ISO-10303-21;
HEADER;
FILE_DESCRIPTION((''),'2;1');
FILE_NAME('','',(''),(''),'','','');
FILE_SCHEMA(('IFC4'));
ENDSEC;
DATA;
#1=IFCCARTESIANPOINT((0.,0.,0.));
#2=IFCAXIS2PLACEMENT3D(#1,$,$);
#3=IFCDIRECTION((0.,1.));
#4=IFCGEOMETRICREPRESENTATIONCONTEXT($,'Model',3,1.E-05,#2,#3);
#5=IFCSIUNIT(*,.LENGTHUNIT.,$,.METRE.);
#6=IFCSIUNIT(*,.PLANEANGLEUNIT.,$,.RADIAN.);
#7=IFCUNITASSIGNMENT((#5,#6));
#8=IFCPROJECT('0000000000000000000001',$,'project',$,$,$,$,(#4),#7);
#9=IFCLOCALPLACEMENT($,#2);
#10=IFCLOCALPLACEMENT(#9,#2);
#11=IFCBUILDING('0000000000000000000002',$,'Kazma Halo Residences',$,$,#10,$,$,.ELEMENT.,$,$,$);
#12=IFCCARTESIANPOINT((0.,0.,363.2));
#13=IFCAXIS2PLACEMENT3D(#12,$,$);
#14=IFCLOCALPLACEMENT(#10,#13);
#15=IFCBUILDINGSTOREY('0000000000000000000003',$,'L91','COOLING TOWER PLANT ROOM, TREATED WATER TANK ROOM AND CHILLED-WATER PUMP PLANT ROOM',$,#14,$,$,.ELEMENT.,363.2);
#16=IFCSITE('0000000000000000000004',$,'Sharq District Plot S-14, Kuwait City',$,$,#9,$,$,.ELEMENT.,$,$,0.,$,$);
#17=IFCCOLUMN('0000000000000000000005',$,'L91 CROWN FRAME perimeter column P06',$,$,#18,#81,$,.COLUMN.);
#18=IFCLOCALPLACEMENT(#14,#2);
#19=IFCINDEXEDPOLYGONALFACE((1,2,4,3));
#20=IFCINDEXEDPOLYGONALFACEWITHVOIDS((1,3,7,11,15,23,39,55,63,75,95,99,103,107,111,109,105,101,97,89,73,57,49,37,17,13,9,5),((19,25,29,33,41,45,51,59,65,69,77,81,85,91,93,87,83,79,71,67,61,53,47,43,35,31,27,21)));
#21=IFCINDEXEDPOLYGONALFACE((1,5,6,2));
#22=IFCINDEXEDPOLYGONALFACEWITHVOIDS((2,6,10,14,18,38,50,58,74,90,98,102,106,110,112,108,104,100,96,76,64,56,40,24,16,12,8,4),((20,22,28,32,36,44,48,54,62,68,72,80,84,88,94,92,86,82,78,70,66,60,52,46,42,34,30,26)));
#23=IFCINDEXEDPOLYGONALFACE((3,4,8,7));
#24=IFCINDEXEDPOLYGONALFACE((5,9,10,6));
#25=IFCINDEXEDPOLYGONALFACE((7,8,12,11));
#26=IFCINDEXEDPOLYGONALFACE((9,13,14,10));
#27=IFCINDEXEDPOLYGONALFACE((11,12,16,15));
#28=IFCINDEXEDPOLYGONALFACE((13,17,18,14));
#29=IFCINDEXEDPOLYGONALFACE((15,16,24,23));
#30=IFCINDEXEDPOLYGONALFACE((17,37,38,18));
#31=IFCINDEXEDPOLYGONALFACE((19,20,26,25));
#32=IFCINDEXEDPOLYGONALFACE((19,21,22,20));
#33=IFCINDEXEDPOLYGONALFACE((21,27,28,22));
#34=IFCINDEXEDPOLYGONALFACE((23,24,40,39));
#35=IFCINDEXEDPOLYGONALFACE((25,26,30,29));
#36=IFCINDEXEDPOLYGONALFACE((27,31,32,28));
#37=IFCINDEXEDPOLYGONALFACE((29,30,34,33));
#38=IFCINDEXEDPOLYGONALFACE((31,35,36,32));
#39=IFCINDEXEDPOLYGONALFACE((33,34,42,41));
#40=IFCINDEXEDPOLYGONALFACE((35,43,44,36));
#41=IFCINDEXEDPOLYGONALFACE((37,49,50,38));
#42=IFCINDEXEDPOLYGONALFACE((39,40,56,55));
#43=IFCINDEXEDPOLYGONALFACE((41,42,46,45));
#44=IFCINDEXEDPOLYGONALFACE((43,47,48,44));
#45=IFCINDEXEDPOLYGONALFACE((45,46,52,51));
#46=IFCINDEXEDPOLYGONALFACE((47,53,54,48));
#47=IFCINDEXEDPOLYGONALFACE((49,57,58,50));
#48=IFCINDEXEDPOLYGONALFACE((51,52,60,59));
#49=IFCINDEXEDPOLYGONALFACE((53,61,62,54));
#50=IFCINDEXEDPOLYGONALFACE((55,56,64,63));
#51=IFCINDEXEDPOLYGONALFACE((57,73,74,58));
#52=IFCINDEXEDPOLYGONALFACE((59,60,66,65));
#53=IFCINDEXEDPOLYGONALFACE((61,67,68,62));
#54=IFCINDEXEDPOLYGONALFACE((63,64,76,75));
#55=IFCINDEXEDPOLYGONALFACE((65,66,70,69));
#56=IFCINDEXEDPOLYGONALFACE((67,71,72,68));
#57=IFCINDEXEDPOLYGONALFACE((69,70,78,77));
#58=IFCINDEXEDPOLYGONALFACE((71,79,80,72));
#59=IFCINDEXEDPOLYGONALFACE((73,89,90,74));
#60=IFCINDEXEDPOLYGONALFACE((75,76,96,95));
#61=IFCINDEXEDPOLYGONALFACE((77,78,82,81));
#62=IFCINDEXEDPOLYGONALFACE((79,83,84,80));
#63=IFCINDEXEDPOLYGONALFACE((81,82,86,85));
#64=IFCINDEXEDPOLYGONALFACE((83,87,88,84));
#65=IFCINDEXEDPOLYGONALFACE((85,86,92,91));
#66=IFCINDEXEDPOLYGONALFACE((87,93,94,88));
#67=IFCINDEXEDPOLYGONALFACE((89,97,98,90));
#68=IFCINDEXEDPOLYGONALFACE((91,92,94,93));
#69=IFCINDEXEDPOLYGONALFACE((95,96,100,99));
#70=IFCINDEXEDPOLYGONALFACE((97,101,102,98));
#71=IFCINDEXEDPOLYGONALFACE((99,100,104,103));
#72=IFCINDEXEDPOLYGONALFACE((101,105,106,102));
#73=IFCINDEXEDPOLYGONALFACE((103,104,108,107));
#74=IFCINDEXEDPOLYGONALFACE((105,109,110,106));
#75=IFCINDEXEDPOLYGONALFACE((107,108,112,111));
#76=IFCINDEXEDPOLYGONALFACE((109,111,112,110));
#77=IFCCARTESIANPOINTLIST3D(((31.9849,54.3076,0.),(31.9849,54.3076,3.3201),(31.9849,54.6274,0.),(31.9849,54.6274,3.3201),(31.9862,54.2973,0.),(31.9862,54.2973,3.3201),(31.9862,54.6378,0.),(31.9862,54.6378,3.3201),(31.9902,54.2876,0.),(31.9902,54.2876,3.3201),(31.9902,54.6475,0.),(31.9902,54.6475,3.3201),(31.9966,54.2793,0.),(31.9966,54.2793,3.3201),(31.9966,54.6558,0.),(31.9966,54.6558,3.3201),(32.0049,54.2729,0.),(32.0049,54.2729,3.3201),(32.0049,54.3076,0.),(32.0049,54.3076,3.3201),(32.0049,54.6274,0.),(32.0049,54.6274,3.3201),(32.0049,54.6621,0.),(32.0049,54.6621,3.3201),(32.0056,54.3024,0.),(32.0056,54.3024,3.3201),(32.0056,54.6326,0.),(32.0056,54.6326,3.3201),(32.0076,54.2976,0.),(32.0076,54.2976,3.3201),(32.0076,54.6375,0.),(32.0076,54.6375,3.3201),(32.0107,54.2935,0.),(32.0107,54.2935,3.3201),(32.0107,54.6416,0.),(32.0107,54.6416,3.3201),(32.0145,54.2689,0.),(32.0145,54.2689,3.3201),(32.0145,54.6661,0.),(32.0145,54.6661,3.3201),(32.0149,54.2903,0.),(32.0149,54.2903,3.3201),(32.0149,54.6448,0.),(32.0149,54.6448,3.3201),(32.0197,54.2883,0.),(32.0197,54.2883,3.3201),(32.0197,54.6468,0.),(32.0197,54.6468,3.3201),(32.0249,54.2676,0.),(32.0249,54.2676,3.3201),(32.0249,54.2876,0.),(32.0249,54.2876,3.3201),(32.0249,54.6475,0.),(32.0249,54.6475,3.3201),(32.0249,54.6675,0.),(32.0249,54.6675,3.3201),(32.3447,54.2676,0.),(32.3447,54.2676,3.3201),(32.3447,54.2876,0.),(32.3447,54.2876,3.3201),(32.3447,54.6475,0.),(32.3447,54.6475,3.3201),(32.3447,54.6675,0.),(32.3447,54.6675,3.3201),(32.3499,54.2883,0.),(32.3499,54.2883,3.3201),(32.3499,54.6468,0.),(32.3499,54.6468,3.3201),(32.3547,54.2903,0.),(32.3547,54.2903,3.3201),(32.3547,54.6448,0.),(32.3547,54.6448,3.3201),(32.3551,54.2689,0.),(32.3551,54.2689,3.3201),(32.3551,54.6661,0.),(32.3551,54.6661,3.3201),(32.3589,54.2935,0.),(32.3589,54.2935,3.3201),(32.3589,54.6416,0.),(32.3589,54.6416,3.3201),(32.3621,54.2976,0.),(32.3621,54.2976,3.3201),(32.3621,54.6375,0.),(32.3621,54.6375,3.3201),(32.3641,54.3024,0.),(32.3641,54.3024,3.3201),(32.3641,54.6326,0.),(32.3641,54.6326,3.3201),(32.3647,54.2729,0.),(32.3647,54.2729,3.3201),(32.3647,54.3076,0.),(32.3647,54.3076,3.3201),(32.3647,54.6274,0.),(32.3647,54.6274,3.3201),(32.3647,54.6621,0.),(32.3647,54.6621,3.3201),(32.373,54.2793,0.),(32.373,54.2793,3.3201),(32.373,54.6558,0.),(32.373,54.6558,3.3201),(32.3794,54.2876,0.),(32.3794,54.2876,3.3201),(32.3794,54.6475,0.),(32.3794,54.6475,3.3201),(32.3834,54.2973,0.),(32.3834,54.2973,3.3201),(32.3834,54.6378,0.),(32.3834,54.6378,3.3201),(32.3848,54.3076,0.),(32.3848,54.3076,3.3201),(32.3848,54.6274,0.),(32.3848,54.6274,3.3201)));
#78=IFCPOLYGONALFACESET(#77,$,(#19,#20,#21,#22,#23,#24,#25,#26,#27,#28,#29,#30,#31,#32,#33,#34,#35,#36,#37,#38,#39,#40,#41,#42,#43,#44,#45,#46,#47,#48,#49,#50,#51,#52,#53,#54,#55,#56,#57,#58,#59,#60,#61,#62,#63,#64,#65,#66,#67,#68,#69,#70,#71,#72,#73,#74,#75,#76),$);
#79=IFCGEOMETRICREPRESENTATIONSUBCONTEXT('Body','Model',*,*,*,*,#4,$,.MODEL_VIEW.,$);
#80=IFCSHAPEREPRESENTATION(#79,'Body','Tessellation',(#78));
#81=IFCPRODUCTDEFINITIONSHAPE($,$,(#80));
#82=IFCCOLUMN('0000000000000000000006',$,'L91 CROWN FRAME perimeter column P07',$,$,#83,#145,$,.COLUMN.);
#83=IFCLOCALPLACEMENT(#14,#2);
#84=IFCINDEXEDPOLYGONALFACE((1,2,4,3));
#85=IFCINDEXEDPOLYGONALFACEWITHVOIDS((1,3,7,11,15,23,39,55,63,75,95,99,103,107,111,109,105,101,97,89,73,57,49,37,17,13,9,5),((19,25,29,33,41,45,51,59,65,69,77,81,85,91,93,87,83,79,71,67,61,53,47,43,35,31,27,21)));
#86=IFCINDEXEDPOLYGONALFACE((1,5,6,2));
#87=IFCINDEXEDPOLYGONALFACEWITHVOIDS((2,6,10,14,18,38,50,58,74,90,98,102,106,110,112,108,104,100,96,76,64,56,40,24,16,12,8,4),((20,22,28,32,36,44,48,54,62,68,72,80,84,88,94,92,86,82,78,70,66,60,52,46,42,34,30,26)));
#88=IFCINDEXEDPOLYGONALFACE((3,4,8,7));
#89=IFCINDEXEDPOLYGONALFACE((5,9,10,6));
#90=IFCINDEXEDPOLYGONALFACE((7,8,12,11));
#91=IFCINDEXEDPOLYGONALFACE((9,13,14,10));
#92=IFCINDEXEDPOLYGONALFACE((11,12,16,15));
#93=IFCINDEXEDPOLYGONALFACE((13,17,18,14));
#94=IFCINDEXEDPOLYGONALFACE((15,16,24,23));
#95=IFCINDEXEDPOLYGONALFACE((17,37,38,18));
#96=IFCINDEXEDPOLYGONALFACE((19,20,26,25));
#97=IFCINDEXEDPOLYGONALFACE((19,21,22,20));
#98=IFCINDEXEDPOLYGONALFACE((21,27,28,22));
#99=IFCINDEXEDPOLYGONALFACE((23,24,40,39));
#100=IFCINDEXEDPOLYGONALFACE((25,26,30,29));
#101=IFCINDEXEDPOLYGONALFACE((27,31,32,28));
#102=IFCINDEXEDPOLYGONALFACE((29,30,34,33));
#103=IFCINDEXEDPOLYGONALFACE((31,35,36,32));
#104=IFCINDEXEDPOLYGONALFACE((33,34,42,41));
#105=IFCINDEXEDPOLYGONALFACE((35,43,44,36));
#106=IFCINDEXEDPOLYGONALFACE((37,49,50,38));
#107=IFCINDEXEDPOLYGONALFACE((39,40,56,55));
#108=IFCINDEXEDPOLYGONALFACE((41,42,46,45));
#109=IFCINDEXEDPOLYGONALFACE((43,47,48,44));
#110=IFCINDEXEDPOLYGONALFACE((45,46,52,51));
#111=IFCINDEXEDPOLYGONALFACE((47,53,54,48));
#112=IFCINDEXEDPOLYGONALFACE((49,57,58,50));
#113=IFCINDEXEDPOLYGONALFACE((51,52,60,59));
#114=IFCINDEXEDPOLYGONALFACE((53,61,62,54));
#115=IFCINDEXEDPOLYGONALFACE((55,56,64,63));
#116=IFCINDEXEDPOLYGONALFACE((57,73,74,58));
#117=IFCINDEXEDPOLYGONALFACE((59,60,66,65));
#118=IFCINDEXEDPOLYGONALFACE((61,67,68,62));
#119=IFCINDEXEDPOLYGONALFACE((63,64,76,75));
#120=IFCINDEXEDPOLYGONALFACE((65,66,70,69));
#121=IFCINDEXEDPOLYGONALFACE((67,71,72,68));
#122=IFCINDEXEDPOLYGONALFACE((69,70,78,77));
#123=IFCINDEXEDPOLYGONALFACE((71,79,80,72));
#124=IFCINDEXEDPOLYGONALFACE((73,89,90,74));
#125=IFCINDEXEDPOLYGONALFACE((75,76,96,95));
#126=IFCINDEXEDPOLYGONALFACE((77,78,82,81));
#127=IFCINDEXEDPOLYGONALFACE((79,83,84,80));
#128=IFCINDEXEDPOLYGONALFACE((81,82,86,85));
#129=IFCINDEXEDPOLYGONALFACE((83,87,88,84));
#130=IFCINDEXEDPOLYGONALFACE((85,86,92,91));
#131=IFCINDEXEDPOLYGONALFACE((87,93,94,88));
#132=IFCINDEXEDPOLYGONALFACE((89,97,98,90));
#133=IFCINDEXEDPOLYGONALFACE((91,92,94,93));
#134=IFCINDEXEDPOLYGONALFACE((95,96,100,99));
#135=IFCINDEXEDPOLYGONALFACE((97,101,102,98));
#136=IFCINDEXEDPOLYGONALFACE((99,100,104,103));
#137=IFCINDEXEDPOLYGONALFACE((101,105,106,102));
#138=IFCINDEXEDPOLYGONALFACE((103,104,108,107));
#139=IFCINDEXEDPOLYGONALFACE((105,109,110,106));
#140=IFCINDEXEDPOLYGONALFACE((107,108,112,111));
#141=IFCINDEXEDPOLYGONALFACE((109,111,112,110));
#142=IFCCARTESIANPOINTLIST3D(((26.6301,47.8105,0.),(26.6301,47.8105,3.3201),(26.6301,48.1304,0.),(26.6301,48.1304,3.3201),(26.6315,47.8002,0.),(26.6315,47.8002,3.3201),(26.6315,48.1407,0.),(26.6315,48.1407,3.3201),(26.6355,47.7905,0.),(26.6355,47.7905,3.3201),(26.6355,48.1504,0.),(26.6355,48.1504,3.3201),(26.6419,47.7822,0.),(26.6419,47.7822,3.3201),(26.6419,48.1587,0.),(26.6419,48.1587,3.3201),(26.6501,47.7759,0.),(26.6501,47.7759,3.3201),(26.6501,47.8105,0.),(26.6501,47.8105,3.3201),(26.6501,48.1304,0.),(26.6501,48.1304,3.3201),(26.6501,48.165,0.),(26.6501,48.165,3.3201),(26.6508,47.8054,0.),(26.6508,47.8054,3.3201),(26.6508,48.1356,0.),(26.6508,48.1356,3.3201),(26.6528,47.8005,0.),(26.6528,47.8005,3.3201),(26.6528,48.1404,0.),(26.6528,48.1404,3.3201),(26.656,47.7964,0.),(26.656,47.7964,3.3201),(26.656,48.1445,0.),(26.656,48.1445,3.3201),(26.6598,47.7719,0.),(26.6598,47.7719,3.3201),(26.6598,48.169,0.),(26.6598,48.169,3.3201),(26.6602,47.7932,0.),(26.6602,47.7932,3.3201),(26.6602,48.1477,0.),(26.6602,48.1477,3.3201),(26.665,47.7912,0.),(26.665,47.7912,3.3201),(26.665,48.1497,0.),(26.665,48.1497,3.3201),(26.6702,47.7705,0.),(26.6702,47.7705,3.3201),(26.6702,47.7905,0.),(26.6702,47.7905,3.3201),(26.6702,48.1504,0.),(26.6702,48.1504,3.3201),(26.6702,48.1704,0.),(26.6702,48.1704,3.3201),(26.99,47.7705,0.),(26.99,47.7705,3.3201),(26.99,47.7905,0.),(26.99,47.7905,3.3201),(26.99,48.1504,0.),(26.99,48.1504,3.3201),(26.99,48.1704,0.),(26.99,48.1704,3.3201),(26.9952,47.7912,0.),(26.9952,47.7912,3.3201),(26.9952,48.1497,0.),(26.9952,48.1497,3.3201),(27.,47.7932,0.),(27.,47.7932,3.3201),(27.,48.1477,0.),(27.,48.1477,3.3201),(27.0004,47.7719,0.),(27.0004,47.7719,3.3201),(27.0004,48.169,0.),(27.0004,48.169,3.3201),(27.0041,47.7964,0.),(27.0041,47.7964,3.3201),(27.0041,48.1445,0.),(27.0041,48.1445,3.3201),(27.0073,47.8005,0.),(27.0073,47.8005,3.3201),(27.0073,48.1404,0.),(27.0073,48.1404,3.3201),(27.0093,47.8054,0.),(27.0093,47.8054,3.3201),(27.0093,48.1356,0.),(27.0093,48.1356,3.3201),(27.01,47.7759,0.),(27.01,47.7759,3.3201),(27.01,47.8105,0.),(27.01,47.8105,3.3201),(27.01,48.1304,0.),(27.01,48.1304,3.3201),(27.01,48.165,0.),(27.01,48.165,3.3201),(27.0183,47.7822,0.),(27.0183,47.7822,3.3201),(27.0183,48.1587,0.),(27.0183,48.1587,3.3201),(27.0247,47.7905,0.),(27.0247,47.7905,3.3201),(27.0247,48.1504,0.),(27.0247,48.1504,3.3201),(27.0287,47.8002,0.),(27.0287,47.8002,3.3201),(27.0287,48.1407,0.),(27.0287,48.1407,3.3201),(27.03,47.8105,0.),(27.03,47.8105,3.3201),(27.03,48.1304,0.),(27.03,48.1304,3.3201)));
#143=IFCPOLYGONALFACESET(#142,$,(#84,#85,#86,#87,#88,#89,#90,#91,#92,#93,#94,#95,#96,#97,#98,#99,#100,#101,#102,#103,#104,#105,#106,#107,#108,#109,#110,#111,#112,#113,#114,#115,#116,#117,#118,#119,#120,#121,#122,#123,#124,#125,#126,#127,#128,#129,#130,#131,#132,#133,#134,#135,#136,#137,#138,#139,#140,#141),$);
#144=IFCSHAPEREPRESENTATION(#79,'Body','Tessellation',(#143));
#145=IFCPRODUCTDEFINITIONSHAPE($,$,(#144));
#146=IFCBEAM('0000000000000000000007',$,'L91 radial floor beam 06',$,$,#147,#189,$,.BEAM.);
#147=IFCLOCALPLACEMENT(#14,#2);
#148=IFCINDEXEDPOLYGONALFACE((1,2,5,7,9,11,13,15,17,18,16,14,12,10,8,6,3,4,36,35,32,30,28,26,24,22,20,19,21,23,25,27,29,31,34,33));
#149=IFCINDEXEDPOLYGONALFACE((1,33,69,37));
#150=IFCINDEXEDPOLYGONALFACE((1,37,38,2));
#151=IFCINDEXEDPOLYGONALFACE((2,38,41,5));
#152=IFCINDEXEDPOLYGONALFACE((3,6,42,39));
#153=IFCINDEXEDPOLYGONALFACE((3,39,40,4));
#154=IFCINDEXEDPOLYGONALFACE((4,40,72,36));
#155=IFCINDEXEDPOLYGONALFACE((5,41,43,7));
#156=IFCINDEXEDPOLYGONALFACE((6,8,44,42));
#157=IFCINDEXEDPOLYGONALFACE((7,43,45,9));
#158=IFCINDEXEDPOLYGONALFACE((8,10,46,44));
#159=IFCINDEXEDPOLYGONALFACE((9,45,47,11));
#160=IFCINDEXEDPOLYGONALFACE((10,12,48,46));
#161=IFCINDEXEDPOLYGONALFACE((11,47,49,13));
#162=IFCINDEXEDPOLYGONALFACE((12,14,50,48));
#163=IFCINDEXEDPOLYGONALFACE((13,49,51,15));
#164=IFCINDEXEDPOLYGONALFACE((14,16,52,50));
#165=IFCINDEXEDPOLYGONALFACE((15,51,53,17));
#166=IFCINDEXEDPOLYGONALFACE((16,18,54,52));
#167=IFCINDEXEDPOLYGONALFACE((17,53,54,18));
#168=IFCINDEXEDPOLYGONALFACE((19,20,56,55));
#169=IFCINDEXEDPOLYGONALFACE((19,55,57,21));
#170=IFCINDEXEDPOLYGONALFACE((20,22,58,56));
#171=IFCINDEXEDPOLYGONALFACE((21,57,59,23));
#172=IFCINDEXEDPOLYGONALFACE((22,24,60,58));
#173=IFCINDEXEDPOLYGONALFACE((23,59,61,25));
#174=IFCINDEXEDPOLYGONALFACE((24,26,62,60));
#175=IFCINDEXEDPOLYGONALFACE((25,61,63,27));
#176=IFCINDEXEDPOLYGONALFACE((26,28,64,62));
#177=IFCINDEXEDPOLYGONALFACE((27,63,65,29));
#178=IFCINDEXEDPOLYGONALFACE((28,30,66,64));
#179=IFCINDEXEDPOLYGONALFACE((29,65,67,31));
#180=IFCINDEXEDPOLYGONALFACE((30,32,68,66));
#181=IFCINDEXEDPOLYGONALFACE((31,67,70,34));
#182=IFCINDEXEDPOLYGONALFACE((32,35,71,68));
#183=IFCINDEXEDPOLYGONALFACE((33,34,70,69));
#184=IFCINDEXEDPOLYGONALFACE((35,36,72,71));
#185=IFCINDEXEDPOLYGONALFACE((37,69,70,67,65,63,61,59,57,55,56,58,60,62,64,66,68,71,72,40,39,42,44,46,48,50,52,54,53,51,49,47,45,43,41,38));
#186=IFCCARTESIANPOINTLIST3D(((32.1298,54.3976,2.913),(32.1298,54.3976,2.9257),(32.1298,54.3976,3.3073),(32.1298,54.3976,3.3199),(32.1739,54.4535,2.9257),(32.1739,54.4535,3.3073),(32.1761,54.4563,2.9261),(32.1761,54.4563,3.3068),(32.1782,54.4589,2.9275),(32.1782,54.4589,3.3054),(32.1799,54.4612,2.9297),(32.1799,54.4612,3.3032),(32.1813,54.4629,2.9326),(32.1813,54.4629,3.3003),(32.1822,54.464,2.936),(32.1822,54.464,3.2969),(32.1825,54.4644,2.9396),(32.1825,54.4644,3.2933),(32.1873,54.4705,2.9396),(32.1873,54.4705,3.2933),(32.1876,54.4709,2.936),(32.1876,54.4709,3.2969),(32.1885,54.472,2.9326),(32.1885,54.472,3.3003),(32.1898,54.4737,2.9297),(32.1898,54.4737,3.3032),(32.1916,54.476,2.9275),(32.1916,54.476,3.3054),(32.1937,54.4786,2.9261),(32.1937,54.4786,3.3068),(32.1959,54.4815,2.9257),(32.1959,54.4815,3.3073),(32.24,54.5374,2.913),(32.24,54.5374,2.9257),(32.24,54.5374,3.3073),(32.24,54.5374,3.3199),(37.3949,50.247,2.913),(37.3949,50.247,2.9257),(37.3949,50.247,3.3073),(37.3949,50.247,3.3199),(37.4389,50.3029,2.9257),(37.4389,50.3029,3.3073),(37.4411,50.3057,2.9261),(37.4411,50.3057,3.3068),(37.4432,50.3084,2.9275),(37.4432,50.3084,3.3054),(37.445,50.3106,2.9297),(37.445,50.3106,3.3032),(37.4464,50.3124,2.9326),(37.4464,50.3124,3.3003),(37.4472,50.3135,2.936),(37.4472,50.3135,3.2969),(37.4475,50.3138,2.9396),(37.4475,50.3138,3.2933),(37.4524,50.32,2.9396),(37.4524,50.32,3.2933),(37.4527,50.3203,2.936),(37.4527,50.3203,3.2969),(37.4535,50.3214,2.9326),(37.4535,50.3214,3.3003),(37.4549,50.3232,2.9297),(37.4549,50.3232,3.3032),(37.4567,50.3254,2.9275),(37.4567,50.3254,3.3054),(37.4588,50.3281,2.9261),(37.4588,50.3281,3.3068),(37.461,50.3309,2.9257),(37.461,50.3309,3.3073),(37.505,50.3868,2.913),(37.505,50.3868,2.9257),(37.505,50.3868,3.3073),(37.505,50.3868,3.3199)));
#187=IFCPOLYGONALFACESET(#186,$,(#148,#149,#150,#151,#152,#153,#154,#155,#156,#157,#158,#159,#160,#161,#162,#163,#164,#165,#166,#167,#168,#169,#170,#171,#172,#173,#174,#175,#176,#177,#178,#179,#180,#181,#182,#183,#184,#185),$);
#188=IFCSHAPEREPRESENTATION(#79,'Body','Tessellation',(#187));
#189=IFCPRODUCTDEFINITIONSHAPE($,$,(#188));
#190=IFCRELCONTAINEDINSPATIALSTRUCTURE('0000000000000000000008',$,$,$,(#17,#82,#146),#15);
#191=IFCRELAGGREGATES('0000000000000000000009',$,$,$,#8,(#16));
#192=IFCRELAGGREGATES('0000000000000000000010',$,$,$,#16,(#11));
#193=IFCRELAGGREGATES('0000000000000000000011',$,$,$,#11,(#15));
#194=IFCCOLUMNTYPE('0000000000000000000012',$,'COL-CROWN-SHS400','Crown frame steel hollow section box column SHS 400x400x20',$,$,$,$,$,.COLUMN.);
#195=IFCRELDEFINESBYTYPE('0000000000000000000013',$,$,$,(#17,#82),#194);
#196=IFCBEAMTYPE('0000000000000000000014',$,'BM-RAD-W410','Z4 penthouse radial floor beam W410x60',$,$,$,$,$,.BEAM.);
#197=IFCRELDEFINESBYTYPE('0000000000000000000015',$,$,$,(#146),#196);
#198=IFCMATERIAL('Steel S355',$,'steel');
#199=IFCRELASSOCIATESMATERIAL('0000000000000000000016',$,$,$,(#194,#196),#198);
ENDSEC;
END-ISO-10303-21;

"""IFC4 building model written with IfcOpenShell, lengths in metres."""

from ifc_helpers import new_model, si_unit, direction, frame, origin, origin_2d, place, context, subcontext, project, spatial, hollow_rectangle, i_section, extrude, material, material_profile, profile_set, type_object, element, save


model = new_model("IFC4")

# Units and contexts
model_context = context("Model", 3, precision=1e-05, world=origin(), true_north=direction((0.0, 1.0)))
body_context = subcontext(model_context, "Body", "Model", "MODEL_VIEW")
ifc_project = project(units=[si_unit("LENGTHUNIT", "METRE"), si_unit("PLANEANGLEUNIT", "RADIAN")], contexts=[model_context])

# Site, building, storey
site_placement = place(None, origin())
site = spatial("IfcSite", under=ifc_project, at=site_placement, Name="Sharq District Plot S-14, Kuwait City", CompositionType="ELEMENT", RefElevation=0.0)
building_placement = place(site_placement, origin())
building = spatial("IfcBuilding", under=site, at=building_placement, Name="Kazma Halo Residences", CompositionType="ELEMENT")
storey_placement = place(building_placement, frame((0.0, 0.0, 363.2)))
storey = spatial("IfcBuildingStorey", under=building, at=storey_placement, Name="L91", Description="COOLING TOWER PLANT ROOM, TREATED WATER TANK ROOM AND CHILLED-WATER PUMP PLANT ROOM", CompositionType="ELEMENT", Elevation=363.2)

# Columns
ifc_material_1 = material(Name="Steel S355", Category="steel")
ifc_material_profile_1 = material_profile(ifc_material_1, hollow_rectangle(XDim=0.3999, YDim=0.3999, WallThickness=0.02, InnerFilletRadius=0.02, OuterFilletRadius=0.04, at=origin_2d()), Name="SHS400x400x20")
ifc_profile_set_1 = profile_set([ifc_material_profile_1], Name="Steel S355")
column_type = type_object("IfcColumnType", Name="COL-CROWN-SHS400", Description="Crown frame steel hollow section box column SHS 400x400x20", PredefinedType="COLUMN", material=ifc_profile_set_1)
for number, where, z_axis, x_axis, name in (
    (1, (32.1848, 54.4675, 0.0), (0.0, 0.0, 1.0), (1.0, 0.0, 0.0), "L91 CROWN FRAME perimeter column P06"),
    (2, (26.8301, 47.9705, 0.0), (0.0, 0.0, 1.0), (1.0, 0.0, 0.0), "L91 CROWN FRAME perimeter column P07"),
):
    element("IfcColumn", number, at=place(storey_placement, frame(where, z_axis=z_axis, x_axis=x_axis)), inside=storey, type_object=column_type, Name=name, PredefinedType="COLUMN", context=body_context, shape_type="SweptSolid", body=[
        extrude(hollow_rectangle(XDim=0.3999, YDim=0.3999, WallThickness=0.02, InnerFilletRadius=0.02, OuterFilletRadius=0.04, at=origin_2d()), origin(), (0.0, 0.0, 1.0), 3.3201),
    ])

# Beam
ifc_material_profile_2 = material_profile(ifc_material_1, i_section(OverallWidth=0.178, OverallDepth=0.407, WebThickness=0.0078, FlangeThickness=0.0127, FilletRadius=0.0139, at=origin_2d()), Name="W410x60")
ifc_profile_set_2 = profile_set([ifc_material_profile_2], Name="Steel S355")
beam_type_1 = type_object("IfcBeamType", Name="BM-RAD-W410", Description="Z4 penthouse radial floor beam W410x60", PredefinedType="BEAM", material=ifc_profile_set_2)
beam_1_placement = place(storey_placement, frame((37.45, 50.3169, 3.1165), z_axis=(-0.785322, 0.619088, 0.0), x_axis=(-0.619088, -0.785322, 0.0)))
element("IfcBeam", 3, at=beam_1_placement, inside=storey, type_object=beam_type_1, Name="L91 radial floor beam 06", PredefinedType="BEAM", context=body_context, shape_type="SweptSolid", body=[
    extrude(i_section(OverallWidth=0.178, OverallDepth=0.407, WebThickness=0.0078, FlangeThickness=0.0127, FilletRadius=0.0139, at=origin_2d()), origin(), (0.0, 0.0, 1.0), 6.7043),
])

save(model, "model.ifc")
